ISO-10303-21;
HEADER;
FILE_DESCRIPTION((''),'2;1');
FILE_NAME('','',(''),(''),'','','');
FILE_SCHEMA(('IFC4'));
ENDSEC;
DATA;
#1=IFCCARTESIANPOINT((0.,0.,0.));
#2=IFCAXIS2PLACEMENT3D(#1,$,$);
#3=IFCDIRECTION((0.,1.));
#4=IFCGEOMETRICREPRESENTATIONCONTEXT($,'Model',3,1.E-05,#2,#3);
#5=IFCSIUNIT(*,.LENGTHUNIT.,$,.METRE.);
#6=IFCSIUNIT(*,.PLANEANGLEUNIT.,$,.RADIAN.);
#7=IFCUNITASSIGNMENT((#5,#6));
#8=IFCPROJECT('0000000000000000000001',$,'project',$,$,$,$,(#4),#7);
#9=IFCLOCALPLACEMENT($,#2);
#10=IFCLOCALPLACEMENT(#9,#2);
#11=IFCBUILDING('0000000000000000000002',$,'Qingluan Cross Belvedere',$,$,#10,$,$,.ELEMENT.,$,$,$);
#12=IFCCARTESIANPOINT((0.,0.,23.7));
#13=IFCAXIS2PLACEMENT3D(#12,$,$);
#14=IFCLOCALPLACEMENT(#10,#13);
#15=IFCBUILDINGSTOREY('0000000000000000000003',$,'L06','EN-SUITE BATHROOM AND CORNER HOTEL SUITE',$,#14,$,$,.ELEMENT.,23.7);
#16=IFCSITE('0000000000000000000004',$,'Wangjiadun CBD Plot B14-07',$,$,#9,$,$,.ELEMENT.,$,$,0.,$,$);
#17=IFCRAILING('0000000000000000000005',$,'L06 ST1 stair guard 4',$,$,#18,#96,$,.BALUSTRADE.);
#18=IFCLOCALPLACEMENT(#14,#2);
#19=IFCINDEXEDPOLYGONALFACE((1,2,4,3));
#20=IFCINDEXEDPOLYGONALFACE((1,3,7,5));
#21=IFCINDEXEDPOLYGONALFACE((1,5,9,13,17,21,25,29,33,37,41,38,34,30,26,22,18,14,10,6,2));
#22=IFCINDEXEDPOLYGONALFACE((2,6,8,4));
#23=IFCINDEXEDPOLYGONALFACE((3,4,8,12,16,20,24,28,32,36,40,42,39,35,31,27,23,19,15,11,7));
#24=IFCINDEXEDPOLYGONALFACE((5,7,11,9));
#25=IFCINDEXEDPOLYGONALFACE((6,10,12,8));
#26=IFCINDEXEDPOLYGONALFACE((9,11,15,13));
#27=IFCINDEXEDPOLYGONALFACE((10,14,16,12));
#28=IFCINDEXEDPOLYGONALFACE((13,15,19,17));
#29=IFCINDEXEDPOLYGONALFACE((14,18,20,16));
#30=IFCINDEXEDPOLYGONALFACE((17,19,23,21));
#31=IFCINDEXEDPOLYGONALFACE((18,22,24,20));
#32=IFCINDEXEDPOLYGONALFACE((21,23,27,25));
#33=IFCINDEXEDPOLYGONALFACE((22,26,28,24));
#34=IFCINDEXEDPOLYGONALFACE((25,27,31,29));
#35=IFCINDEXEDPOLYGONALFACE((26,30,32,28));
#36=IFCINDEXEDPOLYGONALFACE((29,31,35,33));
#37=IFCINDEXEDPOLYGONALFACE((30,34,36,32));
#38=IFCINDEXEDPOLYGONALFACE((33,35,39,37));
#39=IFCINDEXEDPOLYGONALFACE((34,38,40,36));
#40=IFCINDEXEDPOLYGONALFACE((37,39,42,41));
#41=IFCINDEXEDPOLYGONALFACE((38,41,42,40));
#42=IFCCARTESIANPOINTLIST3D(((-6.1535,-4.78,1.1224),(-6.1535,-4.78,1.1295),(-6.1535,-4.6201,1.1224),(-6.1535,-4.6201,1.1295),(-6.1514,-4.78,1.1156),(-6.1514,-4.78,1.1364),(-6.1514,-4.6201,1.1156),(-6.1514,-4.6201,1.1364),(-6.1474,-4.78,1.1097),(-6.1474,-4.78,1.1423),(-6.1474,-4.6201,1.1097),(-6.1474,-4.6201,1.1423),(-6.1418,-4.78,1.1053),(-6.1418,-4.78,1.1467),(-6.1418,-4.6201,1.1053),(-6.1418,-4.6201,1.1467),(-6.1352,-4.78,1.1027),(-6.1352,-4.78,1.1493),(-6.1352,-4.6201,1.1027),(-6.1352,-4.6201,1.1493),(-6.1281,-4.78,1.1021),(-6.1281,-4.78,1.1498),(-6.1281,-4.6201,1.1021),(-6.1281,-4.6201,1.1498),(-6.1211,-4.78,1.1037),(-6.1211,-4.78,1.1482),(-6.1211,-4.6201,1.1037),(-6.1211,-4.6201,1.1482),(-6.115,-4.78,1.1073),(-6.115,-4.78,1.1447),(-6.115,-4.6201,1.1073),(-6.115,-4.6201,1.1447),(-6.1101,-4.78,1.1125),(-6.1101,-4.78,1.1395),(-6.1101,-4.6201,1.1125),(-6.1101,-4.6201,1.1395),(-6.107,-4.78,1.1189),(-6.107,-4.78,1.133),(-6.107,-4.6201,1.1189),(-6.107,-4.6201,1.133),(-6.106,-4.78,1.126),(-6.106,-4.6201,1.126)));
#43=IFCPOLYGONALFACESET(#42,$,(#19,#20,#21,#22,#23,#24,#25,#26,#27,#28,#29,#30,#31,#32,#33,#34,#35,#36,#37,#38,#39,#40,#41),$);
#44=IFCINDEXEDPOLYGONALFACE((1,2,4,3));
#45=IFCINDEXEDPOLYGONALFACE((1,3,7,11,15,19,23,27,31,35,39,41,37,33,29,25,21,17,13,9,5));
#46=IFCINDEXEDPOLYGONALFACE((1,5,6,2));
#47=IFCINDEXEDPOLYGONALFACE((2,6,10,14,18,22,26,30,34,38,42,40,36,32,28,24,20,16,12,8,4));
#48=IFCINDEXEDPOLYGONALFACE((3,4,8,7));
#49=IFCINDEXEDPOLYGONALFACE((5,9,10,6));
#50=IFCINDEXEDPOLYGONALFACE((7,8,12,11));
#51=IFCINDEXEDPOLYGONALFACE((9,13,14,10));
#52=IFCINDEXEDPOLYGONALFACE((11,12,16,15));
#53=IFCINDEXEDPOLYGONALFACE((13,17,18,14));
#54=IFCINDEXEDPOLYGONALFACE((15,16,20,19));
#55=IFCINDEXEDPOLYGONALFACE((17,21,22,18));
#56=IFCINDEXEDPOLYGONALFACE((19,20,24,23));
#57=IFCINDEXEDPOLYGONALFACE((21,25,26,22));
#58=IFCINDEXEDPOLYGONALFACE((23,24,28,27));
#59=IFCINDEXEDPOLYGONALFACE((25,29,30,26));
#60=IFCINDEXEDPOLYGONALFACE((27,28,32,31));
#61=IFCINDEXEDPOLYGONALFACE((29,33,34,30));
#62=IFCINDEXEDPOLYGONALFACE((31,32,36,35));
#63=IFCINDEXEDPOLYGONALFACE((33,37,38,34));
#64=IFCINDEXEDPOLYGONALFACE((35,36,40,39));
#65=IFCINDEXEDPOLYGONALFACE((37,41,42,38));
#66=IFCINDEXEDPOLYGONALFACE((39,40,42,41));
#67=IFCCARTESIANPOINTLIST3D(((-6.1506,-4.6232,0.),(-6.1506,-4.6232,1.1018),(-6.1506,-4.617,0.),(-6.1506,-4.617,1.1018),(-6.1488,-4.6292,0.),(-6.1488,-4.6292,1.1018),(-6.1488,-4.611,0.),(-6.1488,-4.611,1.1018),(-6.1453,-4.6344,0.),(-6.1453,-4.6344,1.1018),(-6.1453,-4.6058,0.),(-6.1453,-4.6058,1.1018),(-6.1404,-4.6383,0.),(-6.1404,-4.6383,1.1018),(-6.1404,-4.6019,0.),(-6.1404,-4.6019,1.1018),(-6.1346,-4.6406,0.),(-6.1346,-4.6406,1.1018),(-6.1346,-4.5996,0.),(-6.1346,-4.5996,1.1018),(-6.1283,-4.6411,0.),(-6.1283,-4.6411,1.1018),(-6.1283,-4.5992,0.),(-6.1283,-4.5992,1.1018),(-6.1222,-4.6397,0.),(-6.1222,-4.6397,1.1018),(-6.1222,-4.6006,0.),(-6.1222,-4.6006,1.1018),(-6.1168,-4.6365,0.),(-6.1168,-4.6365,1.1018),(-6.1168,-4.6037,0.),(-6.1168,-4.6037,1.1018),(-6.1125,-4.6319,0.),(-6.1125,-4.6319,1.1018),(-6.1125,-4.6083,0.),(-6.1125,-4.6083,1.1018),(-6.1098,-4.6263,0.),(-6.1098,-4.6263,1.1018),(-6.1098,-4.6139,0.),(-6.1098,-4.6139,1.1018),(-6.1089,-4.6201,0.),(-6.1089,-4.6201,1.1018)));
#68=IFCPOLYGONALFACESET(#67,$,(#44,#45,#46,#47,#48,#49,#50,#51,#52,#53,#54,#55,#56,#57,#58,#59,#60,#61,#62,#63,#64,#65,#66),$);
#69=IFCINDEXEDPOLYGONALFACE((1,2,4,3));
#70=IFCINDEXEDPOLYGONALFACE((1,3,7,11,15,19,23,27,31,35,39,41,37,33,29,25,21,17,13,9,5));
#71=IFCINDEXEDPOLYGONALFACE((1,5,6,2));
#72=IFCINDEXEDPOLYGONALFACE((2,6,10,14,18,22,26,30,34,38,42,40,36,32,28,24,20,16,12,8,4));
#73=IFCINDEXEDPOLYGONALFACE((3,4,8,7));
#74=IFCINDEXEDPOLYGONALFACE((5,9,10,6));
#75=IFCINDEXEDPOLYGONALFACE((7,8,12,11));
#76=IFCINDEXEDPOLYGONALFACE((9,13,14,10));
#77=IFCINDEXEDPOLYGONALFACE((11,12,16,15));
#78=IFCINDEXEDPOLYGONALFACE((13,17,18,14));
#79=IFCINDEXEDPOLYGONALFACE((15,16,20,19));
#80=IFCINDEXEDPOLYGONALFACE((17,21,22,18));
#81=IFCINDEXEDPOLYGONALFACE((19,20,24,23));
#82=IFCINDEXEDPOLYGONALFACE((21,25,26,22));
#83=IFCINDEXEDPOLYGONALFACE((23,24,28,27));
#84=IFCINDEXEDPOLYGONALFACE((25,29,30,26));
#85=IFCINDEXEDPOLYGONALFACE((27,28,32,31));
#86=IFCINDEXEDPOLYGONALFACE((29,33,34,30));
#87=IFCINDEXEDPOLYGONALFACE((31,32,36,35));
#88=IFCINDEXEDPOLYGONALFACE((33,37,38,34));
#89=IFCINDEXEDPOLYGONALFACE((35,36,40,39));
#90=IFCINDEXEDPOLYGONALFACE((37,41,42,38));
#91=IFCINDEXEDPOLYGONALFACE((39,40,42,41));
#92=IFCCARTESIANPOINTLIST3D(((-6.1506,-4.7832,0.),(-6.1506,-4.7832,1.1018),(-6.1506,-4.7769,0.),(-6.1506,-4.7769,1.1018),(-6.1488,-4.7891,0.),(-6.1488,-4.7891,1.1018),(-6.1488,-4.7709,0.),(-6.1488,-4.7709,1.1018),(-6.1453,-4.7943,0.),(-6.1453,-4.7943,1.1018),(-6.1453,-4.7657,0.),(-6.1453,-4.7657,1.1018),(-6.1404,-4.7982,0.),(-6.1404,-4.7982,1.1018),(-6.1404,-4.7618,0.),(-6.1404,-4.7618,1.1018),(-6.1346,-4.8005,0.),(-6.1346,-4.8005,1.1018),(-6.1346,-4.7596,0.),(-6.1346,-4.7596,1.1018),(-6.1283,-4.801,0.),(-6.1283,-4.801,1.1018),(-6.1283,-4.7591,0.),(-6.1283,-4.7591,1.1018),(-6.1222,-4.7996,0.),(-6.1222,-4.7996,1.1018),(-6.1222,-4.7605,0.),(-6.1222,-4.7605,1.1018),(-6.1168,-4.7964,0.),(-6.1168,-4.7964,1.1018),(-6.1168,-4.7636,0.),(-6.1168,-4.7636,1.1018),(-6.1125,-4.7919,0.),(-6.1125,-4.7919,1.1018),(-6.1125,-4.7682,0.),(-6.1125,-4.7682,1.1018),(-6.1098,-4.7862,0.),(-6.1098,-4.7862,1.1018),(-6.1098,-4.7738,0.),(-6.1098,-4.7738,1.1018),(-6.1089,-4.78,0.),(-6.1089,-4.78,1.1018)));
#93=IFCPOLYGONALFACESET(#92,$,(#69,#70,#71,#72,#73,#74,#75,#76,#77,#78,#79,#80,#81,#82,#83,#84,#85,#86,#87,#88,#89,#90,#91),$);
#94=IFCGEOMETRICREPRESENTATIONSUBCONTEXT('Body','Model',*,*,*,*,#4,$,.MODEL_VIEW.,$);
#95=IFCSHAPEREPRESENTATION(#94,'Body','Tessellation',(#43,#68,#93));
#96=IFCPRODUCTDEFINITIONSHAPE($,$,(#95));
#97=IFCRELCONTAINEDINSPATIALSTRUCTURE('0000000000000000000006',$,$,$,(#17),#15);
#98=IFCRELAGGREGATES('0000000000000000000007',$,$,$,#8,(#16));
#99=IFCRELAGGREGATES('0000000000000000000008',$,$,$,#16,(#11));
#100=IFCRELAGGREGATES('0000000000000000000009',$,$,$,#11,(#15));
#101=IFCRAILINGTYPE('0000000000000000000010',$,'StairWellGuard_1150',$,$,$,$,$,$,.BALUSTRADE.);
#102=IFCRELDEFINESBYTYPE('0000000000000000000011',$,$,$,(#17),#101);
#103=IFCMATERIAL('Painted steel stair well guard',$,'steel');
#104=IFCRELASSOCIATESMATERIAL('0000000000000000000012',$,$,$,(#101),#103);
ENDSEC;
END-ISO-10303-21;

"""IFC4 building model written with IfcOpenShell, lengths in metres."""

from ifc_helpers import new_model, si_unit, direction, frame, origin, origin_2d, place, context, subcontext, project, spatial, circle, extrude, material, type_object, element, save


model = new_model("IFC4")

# Units and contexts
model_context = context("Model", 3, precision=1e-05, world=origin(), true_north=direction((0.0, 1.0)))
body_context = subcontext(model_context, "Body", "Model", "MODEL_VIEW")
ifc_project = project(units=[si_unit("LENGTHUNIT", "METRE"), si_unit("PLANEANGLEUNIT", "RADIAN")], contexts=[model_context])

# Site, building, storey
site_placement = place(None, origin())
site = spatial("IfcSite", under=ifc_project, at=site_placement, Name="Wangjiadun CBD Plot B14-07", CompositionType="ELEMENT", RefElevation=0.0)
building_placement = place(site_placement, origin())
building = spatial("IfcBuilding", under=site, at=building_placement, Name="Qingluan Cross Belvedere", CompositionType="ELEMENT")
storey_placement = place(building_placement, frame((0.0, 0.0, 23.7)))
storey = spatial("IfcBuildingStorey", under=building, at=storey_placement, Name="L06", Description="EN-SUITE BATHROOM AND CORNER HOTEL SUITE", CompositionType="ELEMENT", Elevation=23.7)

# Railing
ifc_material_1 = material(Name="Painted steel stair well guard", Category="steel")
railing_type_1 = type_object("IfcRailingType", Name="StairWellGuard_1150", PredefinedType="BALUSTRADE", material=ifc_material_1)
railing_1_placement = place(storey_placement, frame((-6.1299, -4.6201, 0.0)))
element("IfcRailing", 1, at=railing_1_placement, inside=storey, type_object=railing_type_1, Name="L06 ST1 stair guard 4", PredefinedType="BALUSTRADE", context=body_context, shape_type="SweptSolid", body=[
    extrude(circle(Radius=0.0239, at=origin_2d()), frame((0.0, 0.0, 1.126), z_axis=(0.0, -1.0, 0.0), x_axis=(1.0, 0.0, 0.0)), (0.0, 0.0, 1.0), 0.1599),
    extrude(circle(Radius=0.021, at=origin_2d()), origin(), (0.0, 0.0, 1.0), 1.1018),
    extrude(circle(Radius=0.021, at=origin_2d()), frame((0.0, -0.1599, 0.0)), (0.0, 0.0, 1.0), 1.1018),
])

save(model, "model.ifc")
